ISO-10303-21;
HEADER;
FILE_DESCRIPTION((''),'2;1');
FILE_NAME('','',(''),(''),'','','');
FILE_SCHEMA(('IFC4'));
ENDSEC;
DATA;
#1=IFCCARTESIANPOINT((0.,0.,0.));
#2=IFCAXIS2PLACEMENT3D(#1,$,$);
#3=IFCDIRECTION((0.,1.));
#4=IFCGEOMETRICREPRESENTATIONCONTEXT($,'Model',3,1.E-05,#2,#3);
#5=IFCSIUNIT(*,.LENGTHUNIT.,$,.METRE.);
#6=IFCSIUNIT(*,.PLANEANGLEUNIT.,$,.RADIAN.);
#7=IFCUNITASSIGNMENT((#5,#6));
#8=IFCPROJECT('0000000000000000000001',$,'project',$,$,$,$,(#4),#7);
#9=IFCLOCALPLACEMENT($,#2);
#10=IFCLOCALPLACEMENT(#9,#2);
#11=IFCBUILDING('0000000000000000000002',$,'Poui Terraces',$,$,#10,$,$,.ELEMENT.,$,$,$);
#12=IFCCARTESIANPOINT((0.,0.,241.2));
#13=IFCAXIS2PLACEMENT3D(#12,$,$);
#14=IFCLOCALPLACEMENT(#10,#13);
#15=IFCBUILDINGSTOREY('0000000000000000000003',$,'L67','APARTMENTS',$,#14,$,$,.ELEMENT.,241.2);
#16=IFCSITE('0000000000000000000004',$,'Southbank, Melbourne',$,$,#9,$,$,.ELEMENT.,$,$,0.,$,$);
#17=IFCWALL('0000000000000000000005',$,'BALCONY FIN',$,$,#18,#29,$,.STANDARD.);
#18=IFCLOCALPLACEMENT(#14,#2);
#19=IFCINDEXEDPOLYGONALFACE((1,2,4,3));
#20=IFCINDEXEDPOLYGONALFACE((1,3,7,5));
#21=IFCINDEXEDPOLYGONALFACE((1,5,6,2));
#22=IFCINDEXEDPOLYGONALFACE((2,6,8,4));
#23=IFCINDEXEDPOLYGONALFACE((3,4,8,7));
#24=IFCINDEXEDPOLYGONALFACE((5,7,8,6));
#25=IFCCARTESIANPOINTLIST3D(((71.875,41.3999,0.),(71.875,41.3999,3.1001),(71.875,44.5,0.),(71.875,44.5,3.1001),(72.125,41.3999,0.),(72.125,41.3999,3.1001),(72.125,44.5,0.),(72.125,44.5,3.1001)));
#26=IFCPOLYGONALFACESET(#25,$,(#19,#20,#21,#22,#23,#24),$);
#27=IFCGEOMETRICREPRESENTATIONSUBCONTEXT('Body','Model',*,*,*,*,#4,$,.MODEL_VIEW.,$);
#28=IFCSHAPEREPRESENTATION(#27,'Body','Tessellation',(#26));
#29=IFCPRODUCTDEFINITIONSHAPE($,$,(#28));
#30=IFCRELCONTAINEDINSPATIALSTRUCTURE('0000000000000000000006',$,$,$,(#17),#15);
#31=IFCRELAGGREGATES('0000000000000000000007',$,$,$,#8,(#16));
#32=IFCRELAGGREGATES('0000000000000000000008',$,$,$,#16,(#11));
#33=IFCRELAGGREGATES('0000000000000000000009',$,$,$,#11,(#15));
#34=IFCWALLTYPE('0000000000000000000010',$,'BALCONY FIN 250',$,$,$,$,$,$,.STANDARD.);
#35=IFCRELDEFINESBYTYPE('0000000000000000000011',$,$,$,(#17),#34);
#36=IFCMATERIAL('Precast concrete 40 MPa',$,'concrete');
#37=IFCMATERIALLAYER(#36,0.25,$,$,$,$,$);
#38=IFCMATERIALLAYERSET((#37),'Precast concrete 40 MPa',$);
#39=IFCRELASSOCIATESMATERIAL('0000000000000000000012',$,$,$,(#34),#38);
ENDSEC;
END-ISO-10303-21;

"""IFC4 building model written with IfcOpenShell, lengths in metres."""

from ifc_helpers import new_model, si_unit, direction, frame, origin, place, context, subcontext, project, spatial, polyline, outline, extrude, source, transform, mapped, material, layer, layer_set, type_object, element, save


model = new_model("IFC4")

# Units and contexts
model_context = context("Model", 3, precision=1e-05, world=origin(), true_north=direction((0.0, 1.0)))
body_context = subcontext(model_context, "Body", "Model", "MODEL_VIEW")
ifc_project = project(units=[si_unit("LENGTHUNIT", "METRE"), si_unit("PLANEANGLEUNIT", "RADIAN")], contexts=[model_context])

# Site, building, storey
site_placement = place(None, origin())
site = spatial("IfcSite", under=ifc_project, at=site_placement, Name="Southbank, Melbourne", CompositionType="ELEMENT", RefElevation=0.0)
building_placement = place(site_placement, origin())
building = spatial("IfcBuilding", under=site, at=building_placement, Name="Poui Terraces", CompositionType="ELEMENT")
storey_placement = place(building_placement, frame((0.0, 0.0, 241.2)))
storey = spatial("IfcBuildingStorey", under=building, at=storey_placement, Name="L67", Description="APARTMENTS", CompositionType="ELEMENT", Elevation=241.2)

# Wall
ifc_material_1 = material(Name="Precast concrete 40 MPa", Category="concrete")
ifc_layer = layer(ifc_material_1, 0.25)
ifc_layer_set = layer_set([ifc_layer], Name="Precast concrete 40 MPa")
wall_type = type_object("IfcWallType", Name="BALCONY FIN 250", PredefinedType="STANDARD", material=ifc_layer_set)
shared_shape = source(origin(), body_context, "Body", "SweptSolid", [
    extrude(outline(polyline([(0.0, 0.0), (0.25, 0.0), (0.25, 3.1001), (0.0, 3.1001), (0.0, 0.0)])), origin(), (0.0, 0.0, 1.0), 3.1001),
])
wall_placement = place(storey_placement, frame((71.875, 41.3999, 0.0)))
element("IfcWall", 1, at=wall_placement, inside=storey, type_object=wall_type, Name="BALCONY FIN", PredefinedType="STANDARD", context=body_context, shape_type="MappedRepresentation", body=[
    mapped(shared_shape, transform((0.0, 0.0, 0.0))),
])

save(model, "model.ifc")
